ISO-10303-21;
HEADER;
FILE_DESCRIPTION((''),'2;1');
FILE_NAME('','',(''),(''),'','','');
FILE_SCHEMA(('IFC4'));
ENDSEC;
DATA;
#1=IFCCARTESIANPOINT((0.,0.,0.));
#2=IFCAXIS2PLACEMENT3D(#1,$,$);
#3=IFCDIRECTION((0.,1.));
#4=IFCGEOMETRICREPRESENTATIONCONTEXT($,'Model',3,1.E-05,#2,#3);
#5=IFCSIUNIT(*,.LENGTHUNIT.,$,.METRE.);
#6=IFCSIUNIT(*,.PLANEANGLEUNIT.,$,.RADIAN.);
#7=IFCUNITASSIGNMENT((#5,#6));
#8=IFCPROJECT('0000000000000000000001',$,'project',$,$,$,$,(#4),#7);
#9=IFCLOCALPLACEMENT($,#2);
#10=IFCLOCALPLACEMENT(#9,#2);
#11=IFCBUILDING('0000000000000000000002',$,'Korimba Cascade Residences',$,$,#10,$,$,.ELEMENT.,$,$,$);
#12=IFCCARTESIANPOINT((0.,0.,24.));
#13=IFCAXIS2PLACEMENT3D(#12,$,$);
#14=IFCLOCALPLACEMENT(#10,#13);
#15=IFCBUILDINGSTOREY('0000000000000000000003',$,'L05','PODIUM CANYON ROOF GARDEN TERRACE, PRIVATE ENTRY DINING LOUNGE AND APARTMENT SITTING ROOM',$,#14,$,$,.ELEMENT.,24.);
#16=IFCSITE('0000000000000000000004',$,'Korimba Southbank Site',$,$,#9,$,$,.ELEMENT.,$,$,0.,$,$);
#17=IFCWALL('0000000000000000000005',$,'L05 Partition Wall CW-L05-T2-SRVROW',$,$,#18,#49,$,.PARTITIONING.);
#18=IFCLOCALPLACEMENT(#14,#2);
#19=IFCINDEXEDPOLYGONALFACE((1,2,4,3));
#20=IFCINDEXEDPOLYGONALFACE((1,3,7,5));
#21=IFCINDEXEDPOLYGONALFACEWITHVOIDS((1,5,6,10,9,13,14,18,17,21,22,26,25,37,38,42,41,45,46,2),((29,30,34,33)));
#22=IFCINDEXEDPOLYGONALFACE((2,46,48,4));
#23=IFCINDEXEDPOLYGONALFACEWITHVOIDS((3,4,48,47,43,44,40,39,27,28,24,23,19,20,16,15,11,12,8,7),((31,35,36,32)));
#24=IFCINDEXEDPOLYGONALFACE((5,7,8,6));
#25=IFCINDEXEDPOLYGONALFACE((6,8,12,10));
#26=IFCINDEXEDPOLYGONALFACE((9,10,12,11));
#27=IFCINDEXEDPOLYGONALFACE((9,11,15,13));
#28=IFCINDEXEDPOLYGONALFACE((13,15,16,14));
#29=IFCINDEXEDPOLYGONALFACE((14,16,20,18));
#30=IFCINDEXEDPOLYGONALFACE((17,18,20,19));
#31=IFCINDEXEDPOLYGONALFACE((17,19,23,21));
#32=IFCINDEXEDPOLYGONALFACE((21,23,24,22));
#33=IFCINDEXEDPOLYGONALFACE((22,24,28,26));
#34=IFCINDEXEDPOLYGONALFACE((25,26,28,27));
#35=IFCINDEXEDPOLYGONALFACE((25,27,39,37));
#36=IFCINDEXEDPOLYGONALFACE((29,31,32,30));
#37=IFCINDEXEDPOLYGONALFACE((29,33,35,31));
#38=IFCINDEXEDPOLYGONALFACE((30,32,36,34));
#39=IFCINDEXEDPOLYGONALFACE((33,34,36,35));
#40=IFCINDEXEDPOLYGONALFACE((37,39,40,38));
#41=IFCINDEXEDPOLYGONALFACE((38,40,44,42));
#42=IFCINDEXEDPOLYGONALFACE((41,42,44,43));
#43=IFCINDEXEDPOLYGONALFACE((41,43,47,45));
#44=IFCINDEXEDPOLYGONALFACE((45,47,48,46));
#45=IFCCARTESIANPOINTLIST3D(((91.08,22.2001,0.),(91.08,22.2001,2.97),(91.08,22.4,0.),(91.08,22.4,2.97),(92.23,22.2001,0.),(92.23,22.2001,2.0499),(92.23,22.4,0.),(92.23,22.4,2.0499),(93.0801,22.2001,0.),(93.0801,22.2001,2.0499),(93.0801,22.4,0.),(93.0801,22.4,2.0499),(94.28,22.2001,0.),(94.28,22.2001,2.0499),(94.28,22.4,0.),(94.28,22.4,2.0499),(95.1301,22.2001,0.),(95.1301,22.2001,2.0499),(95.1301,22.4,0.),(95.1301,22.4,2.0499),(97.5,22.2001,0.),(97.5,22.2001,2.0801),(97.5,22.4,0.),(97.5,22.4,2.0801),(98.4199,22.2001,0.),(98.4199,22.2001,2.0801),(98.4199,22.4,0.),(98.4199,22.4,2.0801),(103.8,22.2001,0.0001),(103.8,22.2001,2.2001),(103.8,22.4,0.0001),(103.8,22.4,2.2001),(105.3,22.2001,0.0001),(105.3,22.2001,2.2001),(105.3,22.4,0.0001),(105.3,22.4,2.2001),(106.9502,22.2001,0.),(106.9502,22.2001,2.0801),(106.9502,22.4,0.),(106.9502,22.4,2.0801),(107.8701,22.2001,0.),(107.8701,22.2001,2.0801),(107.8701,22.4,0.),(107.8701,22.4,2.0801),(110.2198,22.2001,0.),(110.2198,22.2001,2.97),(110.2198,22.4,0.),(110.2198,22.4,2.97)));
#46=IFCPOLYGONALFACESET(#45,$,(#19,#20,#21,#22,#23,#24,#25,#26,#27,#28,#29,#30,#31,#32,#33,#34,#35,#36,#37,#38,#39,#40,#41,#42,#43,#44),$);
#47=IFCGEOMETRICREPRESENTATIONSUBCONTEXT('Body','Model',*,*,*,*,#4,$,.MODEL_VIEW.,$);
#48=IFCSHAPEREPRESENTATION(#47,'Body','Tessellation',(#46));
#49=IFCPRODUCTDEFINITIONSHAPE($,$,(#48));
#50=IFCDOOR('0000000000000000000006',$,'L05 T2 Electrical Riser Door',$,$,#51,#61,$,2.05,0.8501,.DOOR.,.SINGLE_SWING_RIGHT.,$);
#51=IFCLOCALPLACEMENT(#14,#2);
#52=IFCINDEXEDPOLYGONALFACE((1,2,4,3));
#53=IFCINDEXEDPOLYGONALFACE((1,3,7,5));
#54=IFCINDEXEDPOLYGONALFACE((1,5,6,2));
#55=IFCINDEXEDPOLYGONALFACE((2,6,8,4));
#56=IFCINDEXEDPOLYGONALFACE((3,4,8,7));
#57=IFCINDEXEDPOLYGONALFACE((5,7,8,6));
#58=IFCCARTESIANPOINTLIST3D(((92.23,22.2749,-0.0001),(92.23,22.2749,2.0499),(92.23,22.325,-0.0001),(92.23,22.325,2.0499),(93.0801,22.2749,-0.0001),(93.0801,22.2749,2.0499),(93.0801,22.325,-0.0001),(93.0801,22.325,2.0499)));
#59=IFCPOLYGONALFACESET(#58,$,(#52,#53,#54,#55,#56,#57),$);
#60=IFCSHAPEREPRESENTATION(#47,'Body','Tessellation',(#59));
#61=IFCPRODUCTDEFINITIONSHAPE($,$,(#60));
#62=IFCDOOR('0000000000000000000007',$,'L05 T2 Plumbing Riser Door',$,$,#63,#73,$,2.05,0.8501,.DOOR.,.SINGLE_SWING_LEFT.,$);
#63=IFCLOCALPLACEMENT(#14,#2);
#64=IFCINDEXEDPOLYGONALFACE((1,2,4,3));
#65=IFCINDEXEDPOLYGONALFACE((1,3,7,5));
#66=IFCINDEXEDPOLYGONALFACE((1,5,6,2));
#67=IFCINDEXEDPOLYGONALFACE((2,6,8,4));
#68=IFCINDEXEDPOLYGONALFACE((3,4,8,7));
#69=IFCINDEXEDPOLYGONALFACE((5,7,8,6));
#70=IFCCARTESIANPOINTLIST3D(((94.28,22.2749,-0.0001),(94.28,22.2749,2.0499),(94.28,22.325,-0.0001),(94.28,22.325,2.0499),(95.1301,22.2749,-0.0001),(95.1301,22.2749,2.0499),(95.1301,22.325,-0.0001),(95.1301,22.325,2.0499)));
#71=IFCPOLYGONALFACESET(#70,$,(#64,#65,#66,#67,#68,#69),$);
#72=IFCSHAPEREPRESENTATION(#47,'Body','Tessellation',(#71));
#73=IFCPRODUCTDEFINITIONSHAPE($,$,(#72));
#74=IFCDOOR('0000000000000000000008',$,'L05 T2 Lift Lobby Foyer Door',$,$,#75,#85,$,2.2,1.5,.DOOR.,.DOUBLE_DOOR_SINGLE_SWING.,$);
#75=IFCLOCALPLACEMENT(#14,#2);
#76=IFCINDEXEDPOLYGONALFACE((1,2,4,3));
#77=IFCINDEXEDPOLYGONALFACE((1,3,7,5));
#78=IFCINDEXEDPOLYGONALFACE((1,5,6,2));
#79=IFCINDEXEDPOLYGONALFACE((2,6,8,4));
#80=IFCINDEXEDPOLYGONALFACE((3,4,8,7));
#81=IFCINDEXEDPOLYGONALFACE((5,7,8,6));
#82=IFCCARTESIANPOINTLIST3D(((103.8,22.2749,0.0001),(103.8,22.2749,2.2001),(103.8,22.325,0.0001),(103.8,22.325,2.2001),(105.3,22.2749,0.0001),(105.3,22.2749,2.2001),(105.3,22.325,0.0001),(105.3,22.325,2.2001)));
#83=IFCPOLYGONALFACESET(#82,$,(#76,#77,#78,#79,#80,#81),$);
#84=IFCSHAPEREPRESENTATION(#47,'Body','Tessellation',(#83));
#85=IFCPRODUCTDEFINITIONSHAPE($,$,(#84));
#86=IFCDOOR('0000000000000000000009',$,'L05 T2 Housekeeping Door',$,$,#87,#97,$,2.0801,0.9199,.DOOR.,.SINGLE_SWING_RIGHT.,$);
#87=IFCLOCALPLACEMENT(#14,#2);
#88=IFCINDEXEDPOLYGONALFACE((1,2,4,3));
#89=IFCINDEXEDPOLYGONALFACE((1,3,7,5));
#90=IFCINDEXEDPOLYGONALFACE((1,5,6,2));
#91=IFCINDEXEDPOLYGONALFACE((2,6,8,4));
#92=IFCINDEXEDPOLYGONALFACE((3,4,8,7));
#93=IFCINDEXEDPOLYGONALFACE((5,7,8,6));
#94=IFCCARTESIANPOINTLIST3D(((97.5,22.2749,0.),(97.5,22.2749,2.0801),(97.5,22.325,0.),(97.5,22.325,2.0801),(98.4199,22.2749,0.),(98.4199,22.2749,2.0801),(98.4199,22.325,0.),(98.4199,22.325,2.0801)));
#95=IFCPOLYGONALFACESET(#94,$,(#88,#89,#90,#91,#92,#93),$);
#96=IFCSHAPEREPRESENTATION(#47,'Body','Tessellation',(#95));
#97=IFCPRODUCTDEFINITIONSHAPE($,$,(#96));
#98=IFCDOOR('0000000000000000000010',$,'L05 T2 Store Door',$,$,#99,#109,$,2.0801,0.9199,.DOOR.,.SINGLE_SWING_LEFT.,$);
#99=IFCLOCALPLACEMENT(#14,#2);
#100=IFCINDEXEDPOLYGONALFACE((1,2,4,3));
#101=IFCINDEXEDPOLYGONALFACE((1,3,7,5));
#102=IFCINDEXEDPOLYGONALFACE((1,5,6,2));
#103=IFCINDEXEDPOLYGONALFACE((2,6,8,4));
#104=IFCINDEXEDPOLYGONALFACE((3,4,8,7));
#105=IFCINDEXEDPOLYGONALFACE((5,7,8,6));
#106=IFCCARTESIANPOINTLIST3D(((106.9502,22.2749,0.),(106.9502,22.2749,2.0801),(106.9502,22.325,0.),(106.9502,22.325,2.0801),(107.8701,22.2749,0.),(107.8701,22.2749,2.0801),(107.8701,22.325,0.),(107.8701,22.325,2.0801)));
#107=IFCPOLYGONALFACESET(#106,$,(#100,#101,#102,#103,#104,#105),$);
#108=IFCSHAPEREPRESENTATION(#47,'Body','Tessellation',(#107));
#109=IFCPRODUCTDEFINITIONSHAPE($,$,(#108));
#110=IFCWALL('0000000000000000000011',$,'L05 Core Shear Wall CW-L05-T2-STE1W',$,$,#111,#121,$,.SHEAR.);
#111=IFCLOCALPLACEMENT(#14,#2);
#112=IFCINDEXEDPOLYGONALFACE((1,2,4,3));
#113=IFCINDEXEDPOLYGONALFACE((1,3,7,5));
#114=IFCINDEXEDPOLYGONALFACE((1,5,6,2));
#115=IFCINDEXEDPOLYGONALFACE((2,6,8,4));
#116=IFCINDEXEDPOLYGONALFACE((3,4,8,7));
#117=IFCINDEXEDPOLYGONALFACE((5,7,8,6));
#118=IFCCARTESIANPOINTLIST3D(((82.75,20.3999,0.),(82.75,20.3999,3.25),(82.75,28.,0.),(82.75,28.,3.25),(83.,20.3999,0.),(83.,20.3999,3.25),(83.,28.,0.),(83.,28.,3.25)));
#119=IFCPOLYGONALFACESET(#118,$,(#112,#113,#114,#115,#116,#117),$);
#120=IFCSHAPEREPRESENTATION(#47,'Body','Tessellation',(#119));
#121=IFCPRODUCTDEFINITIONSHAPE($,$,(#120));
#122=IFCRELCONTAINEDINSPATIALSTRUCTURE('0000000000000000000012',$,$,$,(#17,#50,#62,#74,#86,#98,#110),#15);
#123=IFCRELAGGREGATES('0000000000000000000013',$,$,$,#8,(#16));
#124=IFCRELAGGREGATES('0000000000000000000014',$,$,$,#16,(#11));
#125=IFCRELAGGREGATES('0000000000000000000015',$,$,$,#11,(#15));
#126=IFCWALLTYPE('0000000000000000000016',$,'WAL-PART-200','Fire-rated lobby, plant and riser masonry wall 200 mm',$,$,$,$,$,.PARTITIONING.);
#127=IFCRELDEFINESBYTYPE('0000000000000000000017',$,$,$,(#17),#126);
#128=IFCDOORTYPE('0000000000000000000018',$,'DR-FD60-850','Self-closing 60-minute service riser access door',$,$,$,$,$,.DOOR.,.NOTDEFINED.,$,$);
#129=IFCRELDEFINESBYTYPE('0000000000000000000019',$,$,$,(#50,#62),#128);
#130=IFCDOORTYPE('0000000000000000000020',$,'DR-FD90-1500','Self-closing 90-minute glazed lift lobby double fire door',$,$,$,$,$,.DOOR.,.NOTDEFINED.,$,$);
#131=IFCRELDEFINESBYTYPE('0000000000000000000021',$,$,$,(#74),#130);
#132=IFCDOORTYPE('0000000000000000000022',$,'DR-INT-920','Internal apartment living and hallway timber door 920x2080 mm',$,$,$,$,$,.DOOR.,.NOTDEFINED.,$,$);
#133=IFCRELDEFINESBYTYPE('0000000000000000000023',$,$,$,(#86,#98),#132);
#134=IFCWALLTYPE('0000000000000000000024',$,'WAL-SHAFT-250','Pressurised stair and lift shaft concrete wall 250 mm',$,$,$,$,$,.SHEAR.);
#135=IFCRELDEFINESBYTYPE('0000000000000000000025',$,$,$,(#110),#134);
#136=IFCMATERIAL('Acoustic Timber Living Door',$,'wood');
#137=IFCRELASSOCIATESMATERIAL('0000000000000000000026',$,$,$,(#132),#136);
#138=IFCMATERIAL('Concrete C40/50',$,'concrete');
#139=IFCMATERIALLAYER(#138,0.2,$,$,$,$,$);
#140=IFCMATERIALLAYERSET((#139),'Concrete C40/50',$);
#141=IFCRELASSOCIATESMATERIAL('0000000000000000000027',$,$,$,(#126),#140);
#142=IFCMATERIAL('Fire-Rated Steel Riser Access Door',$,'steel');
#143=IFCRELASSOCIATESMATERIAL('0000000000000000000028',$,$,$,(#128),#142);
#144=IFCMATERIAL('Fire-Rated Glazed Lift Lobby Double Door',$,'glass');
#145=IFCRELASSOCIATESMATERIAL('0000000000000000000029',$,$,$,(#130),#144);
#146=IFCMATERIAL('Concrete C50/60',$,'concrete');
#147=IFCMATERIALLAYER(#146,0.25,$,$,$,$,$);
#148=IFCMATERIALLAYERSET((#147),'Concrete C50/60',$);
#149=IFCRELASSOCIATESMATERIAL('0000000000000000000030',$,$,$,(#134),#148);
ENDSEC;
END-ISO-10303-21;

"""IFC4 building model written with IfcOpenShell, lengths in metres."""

from ifc_helpers import new_model, si_unit, direction, frame, frame_2d, origin, place, context, subcontext, project, spatial, rectangle, extrude, material, layer, layer_set, type_object, element, fill, save


model = new_model("IFC4")

# Units and contexts
model_context = context("Model", 3, precision=1e-05, world=origin(), true_north=direction((0.0, 1.0)))
body_context = subcontext(model_context, "Body", "Model", "MODEL_VIEW")
ifc_project = project(units=[si_unit("LENGTHUNIT", "METRE"), si_unit("PLANEANGLEUNIT", "RADIAN")], contexts=[model_context])

# Site, building, storey
site_placement = place(None, origin())
site = spatial("IfcSite", under=ifc_project, at=site_placement, Name="Korimba Southbank Site", CompositionType="ELEMENT", RefElevation=0.0)
building_placement = place(site_placement, origin())
building = spatial("IfcBuilding", under=site, at=building_placement, Name="Korimba Cascade Residences", CompositionType="ELEMENT")
storey_placement = place(building_placement, frame((0.0, 0.0, 24.0)))
storey = spatial("IfcBuildingStorey", under=building, at=storey_placement, Name="L05", Description="PODIUM CANYON ROOF GARDEN TERRACE, PRIVATE ENTRY DINING LOUNGE AND APARTMENT SITTING ROOM", CompositionType="ELEMENT", Elevation=24.0)

# Shared definitions
ifc_material_1 = material(Name="Concrete C50/60", Category="concrete")

# Shared definitions
ifc_material_2 = material(Name="Acoustic Timber Living Door", Category="wood")
door_type_1 = type_object("IfcDoorType", Name="DR-INT-920", Description="Internal apartment living and hallway timber door 920x2080 mm", OperationType="NOTDEFINED", PredefinedType="DOOR", material=ifc_material_2)
ifc_material_3 = material(Name="Concrete C40/50", Category="concrete")
ifc_layer_1 = layer(ifc_material_3, 0.2)
ifc_layer_set_1 = layer_set([ifc_layer_1], Name="Concrete C40/50")
wall_type_1 = type_object("IfcWallType", Name="WAL-PART-200", Description="Fire-rated lobby, plant and riser masonry wall 200 mm", PredefinedType="PARTITIONING", material=ifc_layer_set_1)

# Wall, openings, doors
wall_1_placement = place(storey_placement, frame((91.0801, 22.3, 0.0), z_axis=(0.0, 0.0, 1.0), x_axis=(1.0, 0.0, 0.0)))
wall_1 = element("IfcWall", 1, at=wall_1_placement, inside=storey, type_object=wall_type_1, Name="L05 Partition Wall CW-L05-T2-SRVROW", PredefinedType="PARTITIONING", context=body_context, shape_type="SweptSolid", body=[
    extrude(rectangle(XDim=19.1399, YDim=0.2, at=frame_2d((9.5698, 0.0))), origin(), (0.0, 0.0, 1.0), 2.97),
])
opening_1_placement = place(wall_1_placement, frame((1.1499, 0.0, 0.0)))
opening_1 = element("IfcOpeningElement", 2, at=opening_1_placement, cuts=wall_1, PredefinedType="OPENING", context=body_context, shape_type="SweptSolid", body=[
    extrude(rectangle(XDim=0.8501, YDim=2.05, at=frame_2d((0.425, 1.0249))), frame((0.0, 0.1099, 0.0), z_axis=(0.0, -1.0, 0.0), x_axis=(1.0, 0.0, 0.0)), (0.0, 0.0, 1.0), 0.22),
])
opening_2_placement = place(wall_1_placement, frame((3.2, 0.0, 0.0)))
opening_2 = element("IfcOpeningElement", 3, at=opening_2_placement, cuts=wall_1, PredefinedType="OPENING", context=body_context, shape_type="SweptSolid", body=[
    extrude(rectangle(XDim=0.8501, YDim=2.05, at=frame_2d((0.425, 1.0249))), frame((0.0, 0.1099, 0.0), z_axis=(0.0, -1.0, 0.0), x_axis=(1.0, 0.0, 0.0)), (0.0, 0.0, 1.0), 0.22),
])
opening_3_placement = place(wall_1_placement, frame((12.72, 0.0, 0.0)))
opening_3 = element("IfcOpeningElement", 4, at=opening_3_placement, cuts=wall_1, PredefinedType="OPENING", context=body_context, shape_type="SweptSolid", body=[
    extrude(rectangle(XDim=1.5, YDim=2.2, at=frame_2d((0.75, 1.1001))), frame((0.0, 0.1099, 0.0), z_axis=(0.0, -1.0, 0.0), x_axis=(1.0, 0.0, 0.0)), (0.0, 0.0, 1.0), 0.22),
])
opening_4_placement = place(wall_1_placement, frame((6.4199, 0.0, 0.0)))
opening_4 = element("IfcOpeningElement", 5, at=opening_4_placement, cuts=wall_1, PredefinedType="OPENING", context=body_context, shape_type="SweptSolid", body=[
    extrude(rectangle(XDim=0.9199, YDim=2.0801, at=frame_2d((0.46, 1.04))), frame((0.0, 0.1099, 0.0), z_axis=(0.0, -1.0, 0.0), x_axis=(1.0, 0.0, 0.0)), (0.0, 0.0, 1.0), 0.22),
])
opening_5_placement = place(wall_1_placement, frame((15.8701, 0.0, 0.0)))
opening_5 = element("IfcOpeningElement", 6, at=opening_5_placement, cuts=wall_1, PredefinedType="OPENING", context=body_context, shape_type="SweptSolid", body=[
    extrude(rectangle(XDim=0.9199, YDim=2.0801, at=frame_2d((0.46, 1.04))), frame((0.0, 0.1099, 0.0), z_axis=(0.0, -1.0, 0.0), x_axis=(1.0, 0.0, 0.0)), (0.0, 0.0, 1.0), 0.22),
])
ifc_material_4 = material(Name="Fire-Rated Steel Riser Access Door", Category="steel")
door_type_2 = type_object("IfcDoorType", Name="DR-FD60-850", Description="Self-closing 60-minute service riser access door", OperationType="NOTDEFINED", PredefinedType="DOOR", material=ifc_material_4)
door_1_placement = place(opening_1_placement, origin())
door_1 = element("IfcDoor", 7, at=door_1_placement, inside=storey, type_object=door_type_2, Name="L05 T2 Electrical Riser Door", OperationType="SINGLE_SWING_RIGHT", OverallHeight=2.05, OverallWidth=0.8501, PredefinedType="DOOR", context=body_context, shape_type="SweptSolid", body=[
    extrude(rectangle(XDim=0.8501, YDim=2.05, at=frame_2d((0.425, 1.0249))), frame((0.0, 0.0249, 0.0), z_axis=(0.0, -1.0, 0.0), x_axis=(1.0, 0.0, 0.0)), (0.0, 0.0, 1.0), 0.05),
])
fill(opening_1, door_1)
door_2_placement = place(opening_2_placement, origin())
door_2 = element("IfcDoor", 8, at=door_2_placement, inside=storey, type_object=door_type_2, Name="L05 T2 Plumbing Riser Door", OperationType="SINGLE_SWING_LEFT", OverallHeight=2.05, OverallWidth=0.8501, PredefinedType="DOOR", context=body_context, shape_type="SweptSolid", body=[
    extrude(rectangle(XDim=0.8501, YDim=2.05, at=frame_2d((0.425, 1.0249))), frame((0.0, 0.0249, 0.0), z_axis=(0.0, -1.0, 0.0), x_axis=(1.0, 0.0, 0.0)), (0.0, 0.0, 1.0), 0.05),
])
fill(opening_2, door_2)
ifc_material_5 = material(Name="Fire-Rated Glazed Lift Lobby Double Door", Category="glass")
door_type_3 = type_object("IfcDoorType", Name="DR-FD90-1500", Description="Self-closing 90-minute glazed lift lobby double fire door", OperationType="NOTDEFINED", PredefinedType="DOOR", material=ifc_material_5)
door_3_placement = place(opening_3_placement, origin())
door_3 = element("IfcDoor", 9, at=door_3_placement, inside=storey, type_object=door_type_3, Name="L05 T2 Lift Lobby Foyer Door", OperationType="DOUBLE_DOOR_SINGLE_SWING", OverallHeight=2.2, OverallWidth=1.5, PredefinedType="DOOR", context=body_context, shape_type="SweptSolid", body=[
    extrude(rectangle(XDim=1.5, YDim=2.2, at=frame_2d((0.75, 1.1001))), frame((0.0, 0.0249, 0.0), z_axis=(0.0, -1.0, 0.0), x_axis=(1.0, 0.0, 0.0)), (0.0, 0.0, 1.0), 0.05),
])
fill(opening_3, door_3)
door_4_placement = place(opening_4_placement, origin())
door_4 = element("IfcDoor", 10, at=door_4_placement, inside=storey, type_object=door_type_1, Name="L05 T2 Housekeeping Door", OperationType="SINGLE_SWING_RIGHT", OverallHeight=2.0801, OverallWidth=0.9199, PredefinedType="DOOR", context=body_context, shape_type="SweptSolid", body=[
    extrude(rectangle(XDim=0.9199, YDim=2.0801, at=frame_2d((0.46, 1.04))), frame((0.0, 0.0249, 0.0), z_axis=(0.0, -1.0, 0.0), x_axis=(1.0, 0.0, 0.0)), (0.0, 0.0, 1.0), 0.05),
])
fill(opening_4, door_4)
door_5_placement = place(opening_5_placement, origin())
door_5 = element("IfcDoor", 11, at=door_5_placement, inside=storey, type_object=door_type_1, Name="L05 T2 Store Door", OperationType="SINGLE_SWING_LEFT", OverallHeight=2.0801, OverallWidth=0.9199, PredefinedType="DOOR", context=body_context, shape_type="SweptSolid", body=[
    extrude(rectangle(XDim=0.9199, YDim=2.0801, at=frame_2d((0.46, 1.04))), frame((0.0, 0.0249, 0.0), z_axis=(0.0, -1.0, 0.0), x_axis=(1.0, 0.0, 0.0)), (0.0, 0.0, 1.0), 0.05),
])
fill(opening_5, door_5)

# Wall
ifc_layer_2 = layer(ifc_material_1, 0.25)
ifc_layer_set_2 = layer_set([ifc_layer_2], Name="Concrete C50/60")
wall_type_2 = type_object("IfcWallType", Name="WAL-SHAFT-250", Description="Pressurised stair and lift shaft concrete wall 250 mm", PredefinedType="SHEAR", material=ifc_layer_set_2)
wall_2_placement = place(storey_placement, frame((82.875, 20.3999, 0.0), z_axis=(0.0, 0.0, 1.0), x_axis=(0.0, 1.0, 0.0)))
element("IfcWall", 12, at=wall_2_placement, inside=storey, type_object=wall_type_2, Name="L05 Core Shear Wall CW-L05-T2-STE1W", PredefinedType="SHEAR", context=body_context, shape_type="SweptSolid", body=[
    extrude(rectangle(XDim=7.6001, YDim=0.25, at=frame_2d((3.8, 0.0))), origin(), (0.0, 0.0, 1.0), 3.25),
])

save(model, "model.ifc")
